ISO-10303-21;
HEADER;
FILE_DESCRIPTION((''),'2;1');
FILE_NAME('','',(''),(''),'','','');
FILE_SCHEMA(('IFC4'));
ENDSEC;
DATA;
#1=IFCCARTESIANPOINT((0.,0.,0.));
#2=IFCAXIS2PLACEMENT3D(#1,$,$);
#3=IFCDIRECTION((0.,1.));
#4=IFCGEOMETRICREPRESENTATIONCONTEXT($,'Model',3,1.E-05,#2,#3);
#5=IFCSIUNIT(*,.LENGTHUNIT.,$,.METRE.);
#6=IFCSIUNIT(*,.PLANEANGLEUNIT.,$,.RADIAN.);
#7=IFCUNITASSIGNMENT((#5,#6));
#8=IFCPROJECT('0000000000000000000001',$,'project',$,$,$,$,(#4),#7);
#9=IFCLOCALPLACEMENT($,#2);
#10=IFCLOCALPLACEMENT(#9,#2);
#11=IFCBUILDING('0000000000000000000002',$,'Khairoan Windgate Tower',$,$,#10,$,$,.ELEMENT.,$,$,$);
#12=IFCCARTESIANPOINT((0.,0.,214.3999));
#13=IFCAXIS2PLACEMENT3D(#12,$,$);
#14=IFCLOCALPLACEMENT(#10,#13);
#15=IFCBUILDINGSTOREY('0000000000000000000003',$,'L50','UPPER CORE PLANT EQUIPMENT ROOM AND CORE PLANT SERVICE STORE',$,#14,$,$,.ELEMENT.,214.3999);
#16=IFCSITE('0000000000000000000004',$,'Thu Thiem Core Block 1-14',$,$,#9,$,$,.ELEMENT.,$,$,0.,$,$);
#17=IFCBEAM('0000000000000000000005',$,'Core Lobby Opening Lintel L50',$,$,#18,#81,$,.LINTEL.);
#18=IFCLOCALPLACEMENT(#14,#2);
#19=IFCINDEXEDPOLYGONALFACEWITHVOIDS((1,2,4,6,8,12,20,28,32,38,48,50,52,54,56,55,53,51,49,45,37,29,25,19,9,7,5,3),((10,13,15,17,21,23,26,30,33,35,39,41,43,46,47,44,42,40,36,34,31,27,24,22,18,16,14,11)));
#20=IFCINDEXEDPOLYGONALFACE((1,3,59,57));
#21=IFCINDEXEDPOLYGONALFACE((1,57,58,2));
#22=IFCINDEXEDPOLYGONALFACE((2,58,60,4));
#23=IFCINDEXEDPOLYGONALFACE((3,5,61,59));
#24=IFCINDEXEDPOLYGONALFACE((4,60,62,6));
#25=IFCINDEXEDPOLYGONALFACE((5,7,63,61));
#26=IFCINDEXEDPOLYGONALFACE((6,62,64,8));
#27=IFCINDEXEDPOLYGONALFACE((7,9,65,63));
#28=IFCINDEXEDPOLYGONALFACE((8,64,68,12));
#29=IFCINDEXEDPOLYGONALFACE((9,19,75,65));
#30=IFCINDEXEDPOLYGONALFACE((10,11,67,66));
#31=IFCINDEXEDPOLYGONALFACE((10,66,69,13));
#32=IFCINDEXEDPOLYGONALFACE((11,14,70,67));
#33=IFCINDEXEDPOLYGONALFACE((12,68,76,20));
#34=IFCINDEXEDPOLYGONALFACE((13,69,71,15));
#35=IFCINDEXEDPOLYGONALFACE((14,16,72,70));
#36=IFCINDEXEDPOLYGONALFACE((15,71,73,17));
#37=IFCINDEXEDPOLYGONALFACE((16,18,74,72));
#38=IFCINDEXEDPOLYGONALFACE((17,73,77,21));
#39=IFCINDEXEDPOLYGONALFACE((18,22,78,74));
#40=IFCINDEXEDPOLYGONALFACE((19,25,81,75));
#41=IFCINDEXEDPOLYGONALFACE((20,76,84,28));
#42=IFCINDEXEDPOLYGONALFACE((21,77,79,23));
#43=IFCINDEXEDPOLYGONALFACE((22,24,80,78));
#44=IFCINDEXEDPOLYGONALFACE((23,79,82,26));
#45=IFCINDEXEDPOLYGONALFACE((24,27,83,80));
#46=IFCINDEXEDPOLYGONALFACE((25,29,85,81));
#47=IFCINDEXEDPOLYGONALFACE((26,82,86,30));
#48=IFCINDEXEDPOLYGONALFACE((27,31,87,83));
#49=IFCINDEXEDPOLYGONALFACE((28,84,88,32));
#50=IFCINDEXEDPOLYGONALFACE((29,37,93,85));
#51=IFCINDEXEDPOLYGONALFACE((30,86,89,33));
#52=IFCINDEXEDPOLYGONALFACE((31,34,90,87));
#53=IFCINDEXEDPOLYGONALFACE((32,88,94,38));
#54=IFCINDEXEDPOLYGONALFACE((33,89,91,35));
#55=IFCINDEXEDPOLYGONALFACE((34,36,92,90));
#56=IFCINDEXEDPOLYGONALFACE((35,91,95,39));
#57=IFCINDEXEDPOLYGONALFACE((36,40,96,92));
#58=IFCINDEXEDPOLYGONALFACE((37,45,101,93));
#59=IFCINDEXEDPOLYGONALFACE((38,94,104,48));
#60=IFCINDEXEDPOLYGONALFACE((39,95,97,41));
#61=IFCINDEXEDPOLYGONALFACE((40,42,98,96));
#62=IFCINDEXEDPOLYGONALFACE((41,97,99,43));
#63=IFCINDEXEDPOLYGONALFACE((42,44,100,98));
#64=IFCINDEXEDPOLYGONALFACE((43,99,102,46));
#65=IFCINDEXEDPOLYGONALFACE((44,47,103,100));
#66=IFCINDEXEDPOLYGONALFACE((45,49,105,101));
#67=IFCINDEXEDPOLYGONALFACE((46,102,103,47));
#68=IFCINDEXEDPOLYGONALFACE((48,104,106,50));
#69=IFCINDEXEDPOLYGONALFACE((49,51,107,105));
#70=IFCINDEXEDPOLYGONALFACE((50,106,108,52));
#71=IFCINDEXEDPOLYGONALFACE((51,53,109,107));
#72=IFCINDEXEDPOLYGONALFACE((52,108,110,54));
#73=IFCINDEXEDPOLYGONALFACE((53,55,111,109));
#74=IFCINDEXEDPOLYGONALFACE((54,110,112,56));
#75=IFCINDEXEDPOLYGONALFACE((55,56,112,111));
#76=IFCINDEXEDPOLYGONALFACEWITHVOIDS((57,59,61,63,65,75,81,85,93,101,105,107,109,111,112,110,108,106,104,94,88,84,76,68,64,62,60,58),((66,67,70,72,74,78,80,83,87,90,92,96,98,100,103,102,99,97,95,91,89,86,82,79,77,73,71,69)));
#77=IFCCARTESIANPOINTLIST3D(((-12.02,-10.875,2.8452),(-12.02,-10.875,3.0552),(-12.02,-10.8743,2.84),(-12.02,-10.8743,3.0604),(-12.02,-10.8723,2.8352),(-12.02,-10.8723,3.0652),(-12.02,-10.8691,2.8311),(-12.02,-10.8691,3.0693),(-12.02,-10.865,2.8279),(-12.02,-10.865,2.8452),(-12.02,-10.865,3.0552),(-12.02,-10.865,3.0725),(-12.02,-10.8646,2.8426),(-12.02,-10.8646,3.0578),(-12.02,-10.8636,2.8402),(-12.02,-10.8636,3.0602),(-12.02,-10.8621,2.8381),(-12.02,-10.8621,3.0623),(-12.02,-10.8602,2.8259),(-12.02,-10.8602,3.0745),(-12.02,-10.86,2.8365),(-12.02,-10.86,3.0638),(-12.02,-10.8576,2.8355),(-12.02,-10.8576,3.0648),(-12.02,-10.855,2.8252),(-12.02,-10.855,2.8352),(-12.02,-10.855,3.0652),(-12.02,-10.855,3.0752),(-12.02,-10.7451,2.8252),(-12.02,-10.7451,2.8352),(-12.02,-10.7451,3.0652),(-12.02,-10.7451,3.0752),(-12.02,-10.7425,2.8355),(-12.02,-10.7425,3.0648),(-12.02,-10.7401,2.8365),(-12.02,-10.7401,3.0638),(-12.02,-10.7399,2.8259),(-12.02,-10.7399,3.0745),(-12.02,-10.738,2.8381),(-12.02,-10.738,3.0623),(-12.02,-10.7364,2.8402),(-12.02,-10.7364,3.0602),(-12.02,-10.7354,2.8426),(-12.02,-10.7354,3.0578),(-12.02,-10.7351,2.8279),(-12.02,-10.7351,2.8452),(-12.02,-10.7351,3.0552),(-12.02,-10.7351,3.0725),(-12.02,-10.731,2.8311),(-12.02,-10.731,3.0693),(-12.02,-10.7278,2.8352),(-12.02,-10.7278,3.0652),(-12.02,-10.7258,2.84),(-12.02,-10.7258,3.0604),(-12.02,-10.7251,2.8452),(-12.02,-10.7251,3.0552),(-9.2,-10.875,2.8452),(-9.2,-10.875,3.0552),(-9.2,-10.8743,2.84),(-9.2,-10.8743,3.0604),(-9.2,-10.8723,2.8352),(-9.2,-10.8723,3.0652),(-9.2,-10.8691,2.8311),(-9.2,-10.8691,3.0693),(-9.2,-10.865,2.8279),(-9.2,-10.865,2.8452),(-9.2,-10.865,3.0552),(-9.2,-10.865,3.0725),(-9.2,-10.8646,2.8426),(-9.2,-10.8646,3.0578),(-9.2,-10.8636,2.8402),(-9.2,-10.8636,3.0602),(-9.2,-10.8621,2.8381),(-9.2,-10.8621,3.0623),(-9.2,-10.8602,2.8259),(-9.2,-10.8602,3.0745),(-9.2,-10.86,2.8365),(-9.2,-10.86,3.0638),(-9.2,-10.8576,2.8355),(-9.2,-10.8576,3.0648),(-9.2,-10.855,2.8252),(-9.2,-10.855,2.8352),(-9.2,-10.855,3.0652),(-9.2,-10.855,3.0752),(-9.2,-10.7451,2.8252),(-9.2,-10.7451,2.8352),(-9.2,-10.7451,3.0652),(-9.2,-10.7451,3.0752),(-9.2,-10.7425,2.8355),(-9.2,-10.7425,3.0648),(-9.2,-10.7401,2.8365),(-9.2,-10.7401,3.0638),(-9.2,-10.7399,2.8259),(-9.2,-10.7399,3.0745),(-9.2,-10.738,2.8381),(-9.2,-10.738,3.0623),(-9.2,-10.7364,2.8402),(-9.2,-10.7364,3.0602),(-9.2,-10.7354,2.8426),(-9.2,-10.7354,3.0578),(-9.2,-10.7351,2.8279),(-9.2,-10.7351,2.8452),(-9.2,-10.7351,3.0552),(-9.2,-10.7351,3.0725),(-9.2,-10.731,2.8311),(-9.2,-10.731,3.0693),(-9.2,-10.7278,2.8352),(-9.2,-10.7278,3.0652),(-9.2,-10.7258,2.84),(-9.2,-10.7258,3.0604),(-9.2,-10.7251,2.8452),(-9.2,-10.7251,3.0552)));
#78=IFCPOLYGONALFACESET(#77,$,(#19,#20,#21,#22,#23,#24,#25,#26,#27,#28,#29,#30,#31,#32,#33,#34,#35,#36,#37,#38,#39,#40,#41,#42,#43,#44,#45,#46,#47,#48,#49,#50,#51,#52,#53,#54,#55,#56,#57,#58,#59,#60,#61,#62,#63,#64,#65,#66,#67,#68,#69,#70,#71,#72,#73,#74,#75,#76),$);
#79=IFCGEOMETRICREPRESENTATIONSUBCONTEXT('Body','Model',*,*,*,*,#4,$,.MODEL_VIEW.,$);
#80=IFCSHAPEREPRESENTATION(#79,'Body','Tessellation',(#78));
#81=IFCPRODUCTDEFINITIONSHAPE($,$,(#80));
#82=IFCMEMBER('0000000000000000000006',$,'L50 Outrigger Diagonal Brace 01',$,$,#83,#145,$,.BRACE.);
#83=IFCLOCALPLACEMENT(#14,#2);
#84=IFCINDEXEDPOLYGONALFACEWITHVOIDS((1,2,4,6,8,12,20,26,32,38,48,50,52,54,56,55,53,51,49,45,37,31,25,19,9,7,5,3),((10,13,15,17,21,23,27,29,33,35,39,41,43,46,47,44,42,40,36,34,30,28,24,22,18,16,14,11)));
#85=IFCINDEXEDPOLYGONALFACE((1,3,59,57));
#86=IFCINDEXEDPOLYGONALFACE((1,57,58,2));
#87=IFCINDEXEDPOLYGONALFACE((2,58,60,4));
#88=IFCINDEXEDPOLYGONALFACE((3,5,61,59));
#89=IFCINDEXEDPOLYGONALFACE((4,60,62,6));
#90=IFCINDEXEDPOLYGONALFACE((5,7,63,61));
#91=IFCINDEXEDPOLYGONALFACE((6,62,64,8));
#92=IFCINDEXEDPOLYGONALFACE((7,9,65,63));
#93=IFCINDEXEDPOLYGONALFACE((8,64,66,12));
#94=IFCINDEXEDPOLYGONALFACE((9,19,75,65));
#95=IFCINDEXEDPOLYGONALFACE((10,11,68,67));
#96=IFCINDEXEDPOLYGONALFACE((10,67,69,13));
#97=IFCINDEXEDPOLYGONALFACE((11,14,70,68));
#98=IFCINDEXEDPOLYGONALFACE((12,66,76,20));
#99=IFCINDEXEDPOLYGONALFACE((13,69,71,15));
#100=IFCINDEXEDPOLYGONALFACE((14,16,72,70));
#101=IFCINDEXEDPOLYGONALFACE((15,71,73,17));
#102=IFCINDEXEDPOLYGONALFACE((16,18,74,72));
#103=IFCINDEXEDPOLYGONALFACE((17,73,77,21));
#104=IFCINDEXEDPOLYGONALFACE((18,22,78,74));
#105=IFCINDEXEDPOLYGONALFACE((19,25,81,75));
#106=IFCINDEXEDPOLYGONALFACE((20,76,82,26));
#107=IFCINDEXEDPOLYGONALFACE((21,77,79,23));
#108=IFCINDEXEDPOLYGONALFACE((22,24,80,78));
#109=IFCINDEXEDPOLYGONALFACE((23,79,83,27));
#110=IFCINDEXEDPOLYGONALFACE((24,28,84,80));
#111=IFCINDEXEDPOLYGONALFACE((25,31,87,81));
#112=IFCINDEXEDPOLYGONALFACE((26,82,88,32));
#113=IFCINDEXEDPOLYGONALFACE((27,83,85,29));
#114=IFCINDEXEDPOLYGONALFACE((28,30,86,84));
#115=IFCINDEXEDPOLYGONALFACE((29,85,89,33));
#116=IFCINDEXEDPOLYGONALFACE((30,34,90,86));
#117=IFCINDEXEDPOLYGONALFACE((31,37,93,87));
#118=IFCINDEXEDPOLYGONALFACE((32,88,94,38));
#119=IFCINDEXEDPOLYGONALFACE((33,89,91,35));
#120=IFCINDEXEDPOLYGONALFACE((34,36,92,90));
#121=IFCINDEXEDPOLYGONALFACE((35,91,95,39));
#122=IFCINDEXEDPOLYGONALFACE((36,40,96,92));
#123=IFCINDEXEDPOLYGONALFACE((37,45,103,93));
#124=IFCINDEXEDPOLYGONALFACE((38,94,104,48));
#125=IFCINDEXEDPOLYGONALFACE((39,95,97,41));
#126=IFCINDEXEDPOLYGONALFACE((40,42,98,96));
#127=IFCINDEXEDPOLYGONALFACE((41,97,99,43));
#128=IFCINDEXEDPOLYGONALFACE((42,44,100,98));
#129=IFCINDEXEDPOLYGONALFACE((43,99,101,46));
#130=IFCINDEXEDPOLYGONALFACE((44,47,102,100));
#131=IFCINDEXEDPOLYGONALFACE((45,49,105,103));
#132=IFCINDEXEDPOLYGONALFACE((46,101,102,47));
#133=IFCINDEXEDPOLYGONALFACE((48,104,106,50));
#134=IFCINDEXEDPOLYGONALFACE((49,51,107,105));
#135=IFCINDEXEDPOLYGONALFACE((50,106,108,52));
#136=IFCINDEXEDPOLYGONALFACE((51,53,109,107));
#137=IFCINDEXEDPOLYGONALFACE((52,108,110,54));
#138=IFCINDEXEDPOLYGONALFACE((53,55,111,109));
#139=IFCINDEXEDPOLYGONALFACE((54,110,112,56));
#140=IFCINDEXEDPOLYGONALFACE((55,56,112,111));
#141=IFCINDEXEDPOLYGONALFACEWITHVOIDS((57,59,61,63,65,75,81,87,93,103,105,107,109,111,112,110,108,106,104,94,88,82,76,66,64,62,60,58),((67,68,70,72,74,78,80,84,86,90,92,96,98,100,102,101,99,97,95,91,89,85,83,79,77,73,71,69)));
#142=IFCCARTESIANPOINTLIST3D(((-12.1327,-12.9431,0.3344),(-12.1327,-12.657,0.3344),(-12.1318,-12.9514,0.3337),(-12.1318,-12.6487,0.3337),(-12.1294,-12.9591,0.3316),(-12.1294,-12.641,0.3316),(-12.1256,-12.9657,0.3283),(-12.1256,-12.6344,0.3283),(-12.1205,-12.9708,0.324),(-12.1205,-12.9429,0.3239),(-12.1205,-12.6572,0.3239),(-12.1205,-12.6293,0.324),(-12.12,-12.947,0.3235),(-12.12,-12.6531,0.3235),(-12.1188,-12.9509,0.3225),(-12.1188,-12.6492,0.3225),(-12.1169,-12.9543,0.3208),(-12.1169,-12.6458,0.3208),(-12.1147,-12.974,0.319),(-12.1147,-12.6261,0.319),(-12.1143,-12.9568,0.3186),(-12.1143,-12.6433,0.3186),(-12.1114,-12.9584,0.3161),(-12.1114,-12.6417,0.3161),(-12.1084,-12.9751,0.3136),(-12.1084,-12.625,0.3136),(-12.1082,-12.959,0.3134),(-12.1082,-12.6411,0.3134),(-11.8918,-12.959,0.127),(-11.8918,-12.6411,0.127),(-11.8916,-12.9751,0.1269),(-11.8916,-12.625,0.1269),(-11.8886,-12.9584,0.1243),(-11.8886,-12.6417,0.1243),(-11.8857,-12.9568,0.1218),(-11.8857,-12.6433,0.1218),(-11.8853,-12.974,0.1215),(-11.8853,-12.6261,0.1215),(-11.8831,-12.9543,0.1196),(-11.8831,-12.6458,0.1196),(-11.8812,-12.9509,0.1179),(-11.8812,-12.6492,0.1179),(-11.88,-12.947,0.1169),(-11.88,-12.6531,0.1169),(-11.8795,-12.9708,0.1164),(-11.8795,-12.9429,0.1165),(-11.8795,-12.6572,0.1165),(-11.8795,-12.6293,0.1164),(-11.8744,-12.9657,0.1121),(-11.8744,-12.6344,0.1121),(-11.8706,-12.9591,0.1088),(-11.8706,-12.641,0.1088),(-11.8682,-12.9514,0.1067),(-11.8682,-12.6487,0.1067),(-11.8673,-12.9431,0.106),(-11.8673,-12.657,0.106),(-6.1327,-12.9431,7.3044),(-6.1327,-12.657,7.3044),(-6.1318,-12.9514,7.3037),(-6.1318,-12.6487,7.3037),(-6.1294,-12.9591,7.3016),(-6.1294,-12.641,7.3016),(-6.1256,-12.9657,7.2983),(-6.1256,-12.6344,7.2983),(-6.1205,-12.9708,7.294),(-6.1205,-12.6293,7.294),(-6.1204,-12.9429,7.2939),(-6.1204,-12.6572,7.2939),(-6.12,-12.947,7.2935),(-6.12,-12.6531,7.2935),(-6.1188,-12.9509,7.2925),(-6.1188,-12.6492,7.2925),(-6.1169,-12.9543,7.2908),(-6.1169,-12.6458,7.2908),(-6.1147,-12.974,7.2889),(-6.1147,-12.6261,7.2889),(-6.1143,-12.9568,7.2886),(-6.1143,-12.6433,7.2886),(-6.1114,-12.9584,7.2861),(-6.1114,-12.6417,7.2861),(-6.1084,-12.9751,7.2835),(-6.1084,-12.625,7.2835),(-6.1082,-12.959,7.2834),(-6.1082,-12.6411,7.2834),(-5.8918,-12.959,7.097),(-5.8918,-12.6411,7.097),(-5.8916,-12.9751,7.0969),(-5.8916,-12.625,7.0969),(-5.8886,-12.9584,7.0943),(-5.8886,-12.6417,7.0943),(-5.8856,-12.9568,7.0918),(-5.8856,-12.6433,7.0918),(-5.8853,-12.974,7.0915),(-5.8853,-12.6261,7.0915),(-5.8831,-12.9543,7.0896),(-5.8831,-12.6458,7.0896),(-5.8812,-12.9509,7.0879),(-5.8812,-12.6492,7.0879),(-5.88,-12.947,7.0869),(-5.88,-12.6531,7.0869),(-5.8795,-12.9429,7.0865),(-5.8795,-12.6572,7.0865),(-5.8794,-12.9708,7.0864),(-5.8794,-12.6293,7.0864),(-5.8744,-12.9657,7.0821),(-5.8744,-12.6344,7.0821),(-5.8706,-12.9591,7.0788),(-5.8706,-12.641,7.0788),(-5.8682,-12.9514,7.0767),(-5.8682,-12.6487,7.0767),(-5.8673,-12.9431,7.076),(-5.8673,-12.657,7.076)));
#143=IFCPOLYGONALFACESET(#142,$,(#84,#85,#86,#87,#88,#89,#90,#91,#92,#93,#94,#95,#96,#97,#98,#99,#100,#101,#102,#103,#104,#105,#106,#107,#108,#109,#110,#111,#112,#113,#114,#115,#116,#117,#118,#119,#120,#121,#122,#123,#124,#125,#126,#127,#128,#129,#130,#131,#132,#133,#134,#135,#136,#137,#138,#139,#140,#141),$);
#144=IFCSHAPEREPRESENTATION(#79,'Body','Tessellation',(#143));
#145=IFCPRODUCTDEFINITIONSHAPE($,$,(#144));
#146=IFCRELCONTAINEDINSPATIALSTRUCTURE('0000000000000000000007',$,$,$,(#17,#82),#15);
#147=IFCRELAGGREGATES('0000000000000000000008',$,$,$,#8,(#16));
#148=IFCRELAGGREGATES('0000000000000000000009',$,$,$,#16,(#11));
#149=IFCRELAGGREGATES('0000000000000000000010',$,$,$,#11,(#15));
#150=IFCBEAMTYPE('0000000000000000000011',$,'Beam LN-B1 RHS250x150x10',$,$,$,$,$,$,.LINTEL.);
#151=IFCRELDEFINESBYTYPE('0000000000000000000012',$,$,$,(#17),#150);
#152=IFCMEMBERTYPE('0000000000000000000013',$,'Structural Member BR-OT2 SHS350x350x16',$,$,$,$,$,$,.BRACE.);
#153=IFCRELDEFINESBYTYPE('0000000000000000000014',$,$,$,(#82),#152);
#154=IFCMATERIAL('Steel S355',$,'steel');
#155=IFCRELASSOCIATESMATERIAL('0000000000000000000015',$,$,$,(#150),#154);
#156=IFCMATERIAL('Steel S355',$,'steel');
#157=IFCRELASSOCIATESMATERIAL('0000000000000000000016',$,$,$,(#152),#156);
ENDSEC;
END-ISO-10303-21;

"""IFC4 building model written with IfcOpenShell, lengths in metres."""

from ifc_helpers import new_model, si_unit, direction, frame, origin, origin_2d, place, context, subcontext, project, spatial, hollow_rectangle, extrude, material, material_profile, profile_set, type_object, element, save


model = new_model("IFC4")

# Units and contexts
model_context = context("Model", 3, precision=1e-05, world=origin(), true_north=direction((0.0, 1.0)))
body_context = subcontext(model_context, "Body", "Model", "MODEL_VIEW")
ifc_project = project(units=[si_unit("LENGTHUNIT", "METRE"), si_unit("PLANEANGLEUNIT", "RADIAN")], contexts=[model_context])

# Site, building, storey
site_placement = place(None, origin())
site = spatial("IfcSite", under=ifc_project, at=site_placement, Name="Thu Thiem Core Block 1-14", CompositionType="ELEMENT", RefElevation=0.0)
building_placement = place(site_placement, origin())
building = spatial("IfcBuilding", under=site, at=building_placement, Name="Khairoan Windgate Tower", CompositionType="ELEMENT")
storey_placement = place(building_placement, frame((0.0, 0.0, 214.3999)))
storey = spatial("IfcBuildingStorey", under=building, at=storey_placement, Name="L50", Description="UPPER CORE PLANT EQUIPMENT ROOM AND CORE PLANT SERVICE STORE", CompositionType="ELEMENT", Elevation=214.3999)

# Beam
ifc_material_1 = material(Name="Steel S355", Category="steel")
ifc_material_profile_1 = material_profile(ifc_material_1, hollow_rectangle(XDim=0.1499, YDim=0.25, WallThickness=0.01, InnerFilletRadius=0.01, OuterFilletRadius=0.02, at=origin_2d()))
ifc_profile_set_1 = profile_set([ifc_material_profile_1], Name="Steel S355")
beam_type_1 = type_object("IfcBeamType", Name="Beam LN-B1 RHS250x150x10", PredefinedType="LINTEL", material=ifc_profile_set_1)
beam_1_placement = place(storey_placement, frame((-12.02, -10.8, 2.9502), z_axis=(1.0, 0.0, 0.0), x_axis=(0.0, 1.0, 0.0)))
element("IfcBeam", 1, at=beam_1_placement, inside=storey, type_object=beam_type_1, Name="Core Lobby Opening Lintel L50", PredefinedType="LINTEL", context=body_context, shape_type="SweptSolid", body=[
    extrude(hollow_rectangle(XDim=0.1499, YDim=0.25, WallThickness=0.01, InnerFilletRadius=0.01, OuterFilletRadius=0.02, at=origin_2d()), origin(), (0.0, 0.0, 1.0), 2.8201),
])

# Member
ifc_material_2 = material(Name="Steel S355", Category="steel")
ifc_material_profile_2 = material_profile(ifc_material_2, hollow_rectangle(XDim=0.3501, YDim=0.3501, WallThickness=0.0161, InnerFilletRadius=0.0161, OuterFilletRadius=0.032, at=origin_2d()))
ifc_profile_set_2 = profile_set([ifc_material_profile_2], Name="Steel S355")
member_type_1 = type_object("IfcMemberType", Name="Structural Member BR-OT2 SHS350x350x16", PredefinedType="BRACE", material=ifc_profile_set_2)
for number, where, z_axis, x_axis, name in (
    (2, (-12.0, -12.8, 0.2202), (0.652403, 0.0, 0.757872), (0.0, 1.0, 0.0), "L50 Outrigger Diagonal Brace 01"),
):
    element("IfcMember", number, at=place(storey_placement, frame(where, z_axis=z_axis, x_axis=x_axis)), inside=storey, type_object=member_type_1, Name=name, PredefinedType="BRACE", context=body_context, shape_type="SweptSolid", body=[
        extrude(hollow_rectangle(XDim=0.3501, YDim=0.3501, WallThickness=0.0161, InnerFilletRadius=0.0161, OuterFilletRadius=0.032, at=origin_2d()), origin(), (0.0, 0.0, 1.0), 9.1968),
    ])

save(model, "model.ifc")
